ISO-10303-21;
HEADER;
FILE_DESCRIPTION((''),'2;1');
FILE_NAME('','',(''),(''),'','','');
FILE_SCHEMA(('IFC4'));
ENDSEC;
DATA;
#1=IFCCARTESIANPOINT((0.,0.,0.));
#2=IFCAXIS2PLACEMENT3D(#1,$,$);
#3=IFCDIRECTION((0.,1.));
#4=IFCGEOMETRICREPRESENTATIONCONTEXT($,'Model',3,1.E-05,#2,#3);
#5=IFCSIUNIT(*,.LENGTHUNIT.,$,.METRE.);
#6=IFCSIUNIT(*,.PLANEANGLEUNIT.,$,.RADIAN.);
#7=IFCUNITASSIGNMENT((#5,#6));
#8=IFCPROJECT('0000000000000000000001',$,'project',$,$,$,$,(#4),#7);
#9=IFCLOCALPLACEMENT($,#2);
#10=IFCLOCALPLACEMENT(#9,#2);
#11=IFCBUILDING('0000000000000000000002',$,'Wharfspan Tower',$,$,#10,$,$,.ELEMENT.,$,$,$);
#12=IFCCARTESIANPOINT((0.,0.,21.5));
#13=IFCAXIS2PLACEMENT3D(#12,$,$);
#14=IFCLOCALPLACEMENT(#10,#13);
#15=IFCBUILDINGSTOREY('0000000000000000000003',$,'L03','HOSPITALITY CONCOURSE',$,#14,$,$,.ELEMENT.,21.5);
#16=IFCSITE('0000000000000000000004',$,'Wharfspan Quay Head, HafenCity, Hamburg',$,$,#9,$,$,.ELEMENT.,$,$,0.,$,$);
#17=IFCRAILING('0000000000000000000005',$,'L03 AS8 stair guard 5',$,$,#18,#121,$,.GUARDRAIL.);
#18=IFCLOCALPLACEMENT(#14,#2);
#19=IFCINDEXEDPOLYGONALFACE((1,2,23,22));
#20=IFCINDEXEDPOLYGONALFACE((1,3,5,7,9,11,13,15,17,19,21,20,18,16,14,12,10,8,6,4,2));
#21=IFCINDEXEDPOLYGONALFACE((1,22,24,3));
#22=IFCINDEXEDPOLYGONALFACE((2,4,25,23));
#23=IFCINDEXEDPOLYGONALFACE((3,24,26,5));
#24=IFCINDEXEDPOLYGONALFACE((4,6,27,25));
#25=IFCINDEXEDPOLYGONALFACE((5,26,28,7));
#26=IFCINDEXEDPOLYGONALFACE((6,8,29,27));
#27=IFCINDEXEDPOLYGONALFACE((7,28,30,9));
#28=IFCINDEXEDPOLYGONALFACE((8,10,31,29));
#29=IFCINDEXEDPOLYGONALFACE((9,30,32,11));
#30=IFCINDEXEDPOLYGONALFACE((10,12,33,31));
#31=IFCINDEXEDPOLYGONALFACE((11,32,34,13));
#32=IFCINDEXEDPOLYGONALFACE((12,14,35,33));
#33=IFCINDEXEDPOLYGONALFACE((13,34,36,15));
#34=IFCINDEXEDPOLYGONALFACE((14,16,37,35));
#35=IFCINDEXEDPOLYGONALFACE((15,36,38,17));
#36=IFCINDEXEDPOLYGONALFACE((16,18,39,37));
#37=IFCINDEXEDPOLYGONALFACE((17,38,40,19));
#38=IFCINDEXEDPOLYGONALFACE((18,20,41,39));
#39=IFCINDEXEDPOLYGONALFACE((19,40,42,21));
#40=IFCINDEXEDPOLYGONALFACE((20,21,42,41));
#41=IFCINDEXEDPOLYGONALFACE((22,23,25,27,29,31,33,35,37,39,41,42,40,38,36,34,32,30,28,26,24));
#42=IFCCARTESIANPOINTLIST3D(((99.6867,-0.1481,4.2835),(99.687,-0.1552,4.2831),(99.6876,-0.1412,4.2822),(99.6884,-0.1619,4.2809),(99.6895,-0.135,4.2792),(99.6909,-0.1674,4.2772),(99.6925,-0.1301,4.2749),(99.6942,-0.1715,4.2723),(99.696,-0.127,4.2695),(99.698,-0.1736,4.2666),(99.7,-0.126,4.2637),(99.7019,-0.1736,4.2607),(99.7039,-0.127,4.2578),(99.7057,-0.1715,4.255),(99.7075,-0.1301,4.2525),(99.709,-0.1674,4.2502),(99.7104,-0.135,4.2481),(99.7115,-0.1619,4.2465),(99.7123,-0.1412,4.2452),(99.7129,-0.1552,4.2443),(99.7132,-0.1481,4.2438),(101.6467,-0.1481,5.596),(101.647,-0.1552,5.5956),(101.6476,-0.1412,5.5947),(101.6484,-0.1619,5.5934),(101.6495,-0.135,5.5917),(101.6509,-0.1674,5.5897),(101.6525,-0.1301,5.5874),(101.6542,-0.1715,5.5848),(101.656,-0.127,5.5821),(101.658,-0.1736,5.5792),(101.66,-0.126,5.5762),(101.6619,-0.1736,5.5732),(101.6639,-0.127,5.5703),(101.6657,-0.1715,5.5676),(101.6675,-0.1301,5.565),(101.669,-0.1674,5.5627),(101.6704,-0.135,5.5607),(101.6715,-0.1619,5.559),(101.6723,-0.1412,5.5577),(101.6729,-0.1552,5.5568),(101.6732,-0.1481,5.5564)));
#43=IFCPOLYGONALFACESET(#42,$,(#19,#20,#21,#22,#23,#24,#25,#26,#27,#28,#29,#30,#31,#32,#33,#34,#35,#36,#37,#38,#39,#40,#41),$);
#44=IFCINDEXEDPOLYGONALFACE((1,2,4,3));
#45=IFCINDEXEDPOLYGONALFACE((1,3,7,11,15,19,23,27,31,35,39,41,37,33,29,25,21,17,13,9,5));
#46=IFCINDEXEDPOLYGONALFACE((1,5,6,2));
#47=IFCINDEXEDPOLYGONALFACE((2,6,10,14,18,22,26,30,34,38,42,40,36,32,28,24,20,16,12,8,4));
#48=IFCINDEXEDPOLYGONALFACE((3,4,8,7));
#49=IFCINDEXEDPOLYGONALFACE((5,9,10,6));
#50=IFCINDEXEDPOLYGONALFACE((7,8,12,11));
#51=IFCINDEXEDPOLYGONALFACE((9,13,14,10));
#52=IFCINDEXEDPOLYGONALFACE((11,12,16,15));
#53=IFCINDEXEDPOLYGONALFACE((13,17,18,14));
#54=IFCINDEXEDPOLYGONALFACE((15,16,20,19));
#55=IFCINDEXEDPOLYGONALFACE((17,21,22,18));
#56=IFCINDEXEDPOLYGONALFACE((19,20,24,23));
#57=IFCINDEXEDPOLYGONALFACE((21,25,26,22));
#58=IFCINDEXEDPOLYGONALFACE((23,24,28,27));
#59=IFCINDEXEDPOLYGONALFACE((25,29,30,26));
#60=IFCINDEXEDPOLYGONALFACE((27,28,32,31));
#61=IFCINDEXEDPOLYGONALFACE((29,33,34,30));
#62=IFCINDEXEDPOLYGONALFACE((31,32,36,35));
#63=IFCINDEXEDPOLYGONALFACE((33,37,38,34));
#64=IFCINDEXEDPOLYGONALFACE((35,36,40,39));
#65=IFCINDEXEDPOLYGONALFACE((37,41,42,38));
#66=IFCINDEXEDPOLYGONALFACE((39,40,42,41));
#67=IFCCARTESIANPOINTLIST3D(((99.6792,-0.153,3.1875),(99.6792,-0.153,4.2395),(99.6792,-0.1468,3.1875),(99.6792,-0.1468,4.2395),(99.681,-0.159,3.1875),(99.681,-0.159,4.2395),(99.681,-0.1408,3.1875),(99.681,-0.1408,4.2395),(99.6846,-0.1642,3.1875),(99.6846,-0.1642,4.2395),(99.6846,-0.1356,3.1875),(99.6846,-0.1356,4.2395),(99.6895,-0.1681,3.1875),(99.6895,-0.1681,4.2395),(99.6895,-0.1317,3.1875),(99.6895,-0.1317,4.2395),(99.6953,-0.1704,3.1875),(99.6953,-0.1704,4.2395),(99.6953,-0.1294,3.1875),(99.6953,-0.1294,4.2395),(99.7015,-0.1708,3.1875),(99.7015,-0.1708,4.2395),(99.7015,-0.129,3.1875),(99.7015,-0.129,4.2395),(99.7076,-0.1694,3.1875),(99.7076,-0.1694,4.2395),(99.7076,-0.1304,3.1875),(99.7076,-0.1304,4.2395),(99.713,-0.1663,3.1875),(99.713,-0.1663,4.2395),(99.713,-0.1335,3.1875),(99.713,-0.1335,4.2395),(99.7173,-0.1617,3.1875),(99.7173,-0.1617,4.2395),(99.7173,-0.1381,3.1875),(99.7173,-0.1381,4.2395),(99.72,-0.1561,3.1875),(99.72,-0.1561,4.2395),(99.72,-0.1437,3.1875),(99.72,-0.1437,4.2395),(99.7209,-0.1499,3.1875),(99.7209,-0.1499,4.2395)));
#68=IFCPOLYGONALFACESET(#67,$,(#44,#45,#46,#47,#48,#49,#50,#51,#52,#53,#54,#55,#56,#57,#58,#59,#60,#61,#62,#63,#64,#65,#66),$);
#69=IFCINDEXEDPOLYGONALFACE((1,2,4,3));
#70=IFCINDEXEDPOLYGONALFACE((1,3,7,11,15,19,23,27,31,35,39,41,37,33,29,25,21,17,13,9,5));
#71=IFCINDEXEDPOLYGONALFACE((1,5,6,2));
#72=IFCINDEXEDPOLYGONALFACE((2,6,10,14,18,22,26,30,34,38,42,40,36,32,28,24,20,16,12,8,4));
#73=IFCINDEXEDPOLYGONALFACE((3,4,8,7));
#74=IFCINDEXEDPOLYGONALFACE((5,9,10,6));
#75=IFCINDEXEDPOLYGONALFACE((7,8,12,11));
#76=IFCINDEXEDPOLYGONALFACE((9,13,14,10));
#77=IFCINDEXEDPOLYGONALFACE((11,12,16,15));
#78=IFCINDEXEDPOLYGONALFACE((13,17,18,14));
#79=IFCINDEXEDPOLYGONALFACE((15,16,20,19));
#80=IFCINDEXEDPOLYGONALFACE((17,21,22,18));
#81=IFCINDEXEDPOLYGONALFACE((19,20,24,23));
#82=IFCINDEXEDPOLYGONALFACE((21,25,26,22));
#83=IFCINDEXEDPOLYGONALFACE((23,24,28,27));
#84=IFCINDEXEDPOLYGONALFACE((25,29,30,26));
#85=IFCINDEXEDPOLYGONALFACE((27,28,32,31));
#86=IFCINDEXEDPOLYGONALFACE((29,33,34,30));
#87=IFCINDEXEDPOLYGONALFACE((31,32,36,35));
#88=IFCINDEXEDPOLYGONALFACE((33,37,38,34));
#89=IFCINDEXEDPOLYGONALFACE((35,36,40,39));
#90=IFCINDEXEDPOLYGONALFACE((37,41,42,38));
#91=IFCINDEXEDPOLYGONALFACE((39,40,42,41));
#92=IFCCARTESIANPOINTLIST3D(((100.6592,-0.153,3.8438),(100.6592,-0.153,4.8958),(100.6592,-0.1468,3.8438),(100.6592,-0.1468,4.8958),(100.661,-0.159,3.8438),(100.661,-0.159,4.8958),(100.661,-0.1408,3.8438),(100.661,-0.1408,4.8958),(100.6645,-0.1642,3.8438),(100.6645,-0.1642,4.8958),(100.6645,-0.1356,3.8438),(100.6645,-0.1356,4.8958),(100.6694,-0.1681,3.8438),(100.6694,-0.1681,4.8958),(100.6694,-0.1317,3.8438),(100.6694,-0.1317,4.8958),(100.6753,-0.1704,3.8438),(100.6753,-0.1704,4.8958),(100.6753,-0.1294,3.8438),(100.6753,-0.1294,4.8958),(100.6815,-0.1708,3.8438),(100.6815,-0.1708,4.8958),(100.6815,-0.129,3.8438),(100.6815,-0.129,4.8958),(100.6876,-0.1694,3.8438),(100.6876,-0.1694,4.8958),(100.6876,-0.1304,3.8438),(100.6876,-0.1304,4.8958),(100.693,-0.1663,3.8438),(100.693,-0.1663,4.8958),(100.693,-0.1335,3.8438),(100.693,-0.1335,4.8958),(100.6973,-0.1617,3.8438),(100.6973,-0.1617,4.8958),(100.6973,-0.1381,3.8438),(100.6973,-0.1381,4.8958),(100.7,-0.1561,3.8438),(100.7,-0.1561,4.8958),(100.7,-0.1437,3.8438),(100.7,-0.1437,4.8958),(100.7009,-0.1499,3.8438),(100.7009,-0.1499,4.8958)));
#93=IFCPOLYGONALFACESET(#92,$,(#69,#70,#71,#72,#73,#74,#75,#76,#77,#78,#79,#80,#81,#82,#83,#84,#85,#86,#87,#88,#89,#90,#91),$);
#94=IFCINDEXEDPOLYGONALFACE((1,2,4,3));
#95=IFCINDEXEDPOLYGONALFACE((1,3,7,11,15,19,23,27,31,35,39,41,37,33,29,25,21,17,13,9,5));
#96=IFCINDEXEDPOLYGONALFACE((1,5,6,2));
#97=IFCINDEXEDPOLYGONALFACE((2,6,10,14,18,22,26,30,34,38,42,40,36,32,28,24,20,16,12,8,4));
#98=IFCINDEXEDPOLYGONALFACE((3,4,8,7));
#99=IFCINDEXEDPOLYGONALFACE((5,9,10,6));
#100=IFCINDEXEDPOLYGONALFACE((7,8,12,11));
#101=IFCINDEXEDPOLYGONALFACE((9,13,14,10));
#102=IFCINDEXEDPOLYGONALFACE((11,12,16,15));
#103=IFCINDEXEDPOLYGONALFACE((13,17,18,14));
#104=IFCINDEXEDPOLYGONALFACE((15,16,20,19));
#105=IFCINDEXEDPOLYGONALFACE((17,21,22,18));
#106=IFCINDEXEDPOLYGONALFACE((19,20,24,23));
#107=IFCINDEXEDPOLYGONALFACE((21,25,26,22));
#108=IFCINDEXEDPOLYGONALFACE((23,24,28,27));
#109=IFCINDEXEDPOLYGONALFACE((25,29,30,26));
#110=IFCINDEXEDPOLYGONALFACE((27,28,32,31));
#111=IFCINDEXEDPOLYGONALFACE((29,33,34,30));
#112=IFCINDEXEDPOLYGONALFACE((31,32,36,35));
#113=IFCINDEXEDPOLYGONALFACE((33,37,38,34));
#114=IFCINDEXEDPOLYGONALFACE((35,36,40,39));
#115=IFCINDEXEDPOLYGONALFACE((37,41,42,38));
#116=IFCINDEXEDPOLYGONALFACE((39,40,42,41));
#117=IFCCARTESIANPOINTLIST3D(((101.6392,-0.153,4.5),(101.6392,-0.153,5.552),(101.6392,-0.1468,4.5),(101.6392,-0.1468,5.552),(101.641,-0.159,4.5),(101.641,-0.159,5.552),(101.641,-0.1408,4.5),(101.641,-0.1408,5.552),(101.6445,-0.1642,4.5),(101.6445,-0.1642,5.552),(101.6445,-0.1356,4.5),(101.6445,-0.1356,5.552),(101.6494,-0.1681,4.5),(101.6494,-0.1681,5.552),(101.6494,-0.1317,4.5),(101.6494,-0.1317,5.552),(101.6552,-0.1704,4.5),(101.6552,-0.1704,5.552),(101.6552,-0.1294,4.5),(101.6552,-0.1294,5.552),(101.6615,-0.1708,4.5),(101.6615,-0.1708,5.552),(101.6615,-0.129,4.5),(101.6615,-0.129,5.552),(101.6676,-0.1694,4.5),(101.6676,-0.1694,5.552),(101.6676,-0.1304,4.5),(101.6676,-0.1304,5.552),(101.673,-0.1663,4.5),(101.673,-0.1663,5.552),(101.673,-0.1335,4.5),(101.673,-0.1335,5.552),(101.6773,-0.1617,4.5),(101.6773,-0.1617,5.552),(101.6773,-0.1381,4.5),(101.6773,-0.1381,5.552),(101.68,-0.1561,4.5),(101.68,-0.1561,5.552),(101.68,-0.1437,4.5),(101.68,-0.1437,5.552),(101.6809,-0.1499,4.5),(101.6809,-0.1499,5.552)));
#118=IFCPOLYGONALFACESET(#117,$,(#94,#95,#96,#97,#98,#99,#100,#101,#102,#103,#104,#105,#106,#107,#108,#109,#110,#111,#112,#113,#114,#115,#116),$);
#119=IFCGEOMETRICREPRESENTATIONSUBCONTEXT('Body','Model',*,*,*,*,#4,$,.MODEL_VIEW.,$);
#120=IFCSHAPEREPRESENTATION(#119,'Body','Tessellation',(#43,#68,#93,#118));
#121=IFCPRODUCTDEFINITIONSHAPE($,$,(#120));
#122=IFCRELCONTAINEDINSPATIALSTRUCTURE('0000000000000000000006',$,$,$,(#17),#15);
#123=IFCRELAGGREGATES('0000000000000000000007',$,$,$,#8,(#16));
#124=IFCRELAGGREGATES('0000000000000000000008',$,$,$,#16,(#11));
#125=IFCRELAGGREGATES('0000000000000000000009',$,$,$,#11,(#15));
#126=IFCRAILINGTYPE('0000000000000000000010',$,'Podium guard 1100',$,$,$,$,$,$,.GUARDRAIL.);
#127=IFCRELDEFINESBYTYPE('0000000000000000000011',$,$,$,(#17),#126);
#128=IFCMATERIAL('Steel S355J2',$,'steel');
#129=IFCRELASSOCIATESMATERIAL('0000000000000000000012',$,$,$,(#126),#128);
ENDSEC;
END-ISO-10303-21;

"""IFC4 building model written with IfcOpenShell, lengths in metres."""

from ifc_helpers import new_model, si_unit, direction, frame, origin, origin_2d, place, context, subcontext, project, spatial, circle, extrude, material, type_object, element, save


model = new_model("IFC4")

# Units and contexts
model_context = context("Model", 3, precision=1e-05, world=origin(), true_north=direction((0.0, 1.0)))
body_context = subcontext(model_context, "Body", "Model", "MODEL_VIEW")
ifc_project = project(units=[si_unit("LENGTHUNIT", "METRE"), si_unit("PLANEANGLEUNIT", "RADIAN")], contexts=[model_context])

# Site, building, storey
site_placement = place(None, origin())
site = spatial("IfcSite", under=ifc_project, at=site_placement, Name="Wharfspan Quay Head, HafenCity, Hamburg", CompositionType="ELEMENT", RefElevation=0.0)
building_placement = place(site_placement, origin())
building = spatial("IfcBuilding", under=site, at=building_placement, Name="Wharfspan Tower", CompositionType="ELEMENT")
storey_placement = place(building_placement, frame((0.0, 0.0, 21.5)))
storey = spatial("IfcBuildingStorey", under=building, at=storey_placement, Name="L03", Description="HOSPITALITY CONCOURSE", CompositionType="ELEMENT", Elevation=21.5)

# Railing
ifc_material_1 = material(Name="Steel S355J2", Category="steel")
railing_type_1 = type_object("IfcRailingType", Name="Podium guard 1100", PredefinedType="GUARDRAIL", material=ifc_material_1)
railing_1_placement = place(storey_placement, frame((99.7, -0.1499, 3.1875)))
element("IfcRailing", 1, at=railing_1_placement, inside=storey, type_object=railing_type_1, Name="L03 AS8 stair guard 5", PredefinedType="GUARDRAIL", context=body_context, shape_type="SweptSolid", body=[
    extrude(circle(Radius=0.0239, at=origin_2d()), frame((0.0, 0.0, 1.0762), z_axis=(0.830902, 0.0, 0.556419), x_axis=(0.0, 1.0, 0.0)), (0.0, 0.0, 1.0), 2.3589),
    extrude(circle(Radius=0.021, at=origin_2d()), origin(), (0.0, 0.0, 1.0), 1.052),
    extrude(circle(Radius=0.021, at=origin_2d()), frame((0.98, 0.0, 0.6562)), (0.0, 0.0, 1.0), 1.052),
    extrude(circle(Radius=0.021, at=origin_2d()), frame((1.96, 0.0, 1.3125)), (0.0, 0.0, 1.0), 1.052),
])

save(model, "model.ifc")
